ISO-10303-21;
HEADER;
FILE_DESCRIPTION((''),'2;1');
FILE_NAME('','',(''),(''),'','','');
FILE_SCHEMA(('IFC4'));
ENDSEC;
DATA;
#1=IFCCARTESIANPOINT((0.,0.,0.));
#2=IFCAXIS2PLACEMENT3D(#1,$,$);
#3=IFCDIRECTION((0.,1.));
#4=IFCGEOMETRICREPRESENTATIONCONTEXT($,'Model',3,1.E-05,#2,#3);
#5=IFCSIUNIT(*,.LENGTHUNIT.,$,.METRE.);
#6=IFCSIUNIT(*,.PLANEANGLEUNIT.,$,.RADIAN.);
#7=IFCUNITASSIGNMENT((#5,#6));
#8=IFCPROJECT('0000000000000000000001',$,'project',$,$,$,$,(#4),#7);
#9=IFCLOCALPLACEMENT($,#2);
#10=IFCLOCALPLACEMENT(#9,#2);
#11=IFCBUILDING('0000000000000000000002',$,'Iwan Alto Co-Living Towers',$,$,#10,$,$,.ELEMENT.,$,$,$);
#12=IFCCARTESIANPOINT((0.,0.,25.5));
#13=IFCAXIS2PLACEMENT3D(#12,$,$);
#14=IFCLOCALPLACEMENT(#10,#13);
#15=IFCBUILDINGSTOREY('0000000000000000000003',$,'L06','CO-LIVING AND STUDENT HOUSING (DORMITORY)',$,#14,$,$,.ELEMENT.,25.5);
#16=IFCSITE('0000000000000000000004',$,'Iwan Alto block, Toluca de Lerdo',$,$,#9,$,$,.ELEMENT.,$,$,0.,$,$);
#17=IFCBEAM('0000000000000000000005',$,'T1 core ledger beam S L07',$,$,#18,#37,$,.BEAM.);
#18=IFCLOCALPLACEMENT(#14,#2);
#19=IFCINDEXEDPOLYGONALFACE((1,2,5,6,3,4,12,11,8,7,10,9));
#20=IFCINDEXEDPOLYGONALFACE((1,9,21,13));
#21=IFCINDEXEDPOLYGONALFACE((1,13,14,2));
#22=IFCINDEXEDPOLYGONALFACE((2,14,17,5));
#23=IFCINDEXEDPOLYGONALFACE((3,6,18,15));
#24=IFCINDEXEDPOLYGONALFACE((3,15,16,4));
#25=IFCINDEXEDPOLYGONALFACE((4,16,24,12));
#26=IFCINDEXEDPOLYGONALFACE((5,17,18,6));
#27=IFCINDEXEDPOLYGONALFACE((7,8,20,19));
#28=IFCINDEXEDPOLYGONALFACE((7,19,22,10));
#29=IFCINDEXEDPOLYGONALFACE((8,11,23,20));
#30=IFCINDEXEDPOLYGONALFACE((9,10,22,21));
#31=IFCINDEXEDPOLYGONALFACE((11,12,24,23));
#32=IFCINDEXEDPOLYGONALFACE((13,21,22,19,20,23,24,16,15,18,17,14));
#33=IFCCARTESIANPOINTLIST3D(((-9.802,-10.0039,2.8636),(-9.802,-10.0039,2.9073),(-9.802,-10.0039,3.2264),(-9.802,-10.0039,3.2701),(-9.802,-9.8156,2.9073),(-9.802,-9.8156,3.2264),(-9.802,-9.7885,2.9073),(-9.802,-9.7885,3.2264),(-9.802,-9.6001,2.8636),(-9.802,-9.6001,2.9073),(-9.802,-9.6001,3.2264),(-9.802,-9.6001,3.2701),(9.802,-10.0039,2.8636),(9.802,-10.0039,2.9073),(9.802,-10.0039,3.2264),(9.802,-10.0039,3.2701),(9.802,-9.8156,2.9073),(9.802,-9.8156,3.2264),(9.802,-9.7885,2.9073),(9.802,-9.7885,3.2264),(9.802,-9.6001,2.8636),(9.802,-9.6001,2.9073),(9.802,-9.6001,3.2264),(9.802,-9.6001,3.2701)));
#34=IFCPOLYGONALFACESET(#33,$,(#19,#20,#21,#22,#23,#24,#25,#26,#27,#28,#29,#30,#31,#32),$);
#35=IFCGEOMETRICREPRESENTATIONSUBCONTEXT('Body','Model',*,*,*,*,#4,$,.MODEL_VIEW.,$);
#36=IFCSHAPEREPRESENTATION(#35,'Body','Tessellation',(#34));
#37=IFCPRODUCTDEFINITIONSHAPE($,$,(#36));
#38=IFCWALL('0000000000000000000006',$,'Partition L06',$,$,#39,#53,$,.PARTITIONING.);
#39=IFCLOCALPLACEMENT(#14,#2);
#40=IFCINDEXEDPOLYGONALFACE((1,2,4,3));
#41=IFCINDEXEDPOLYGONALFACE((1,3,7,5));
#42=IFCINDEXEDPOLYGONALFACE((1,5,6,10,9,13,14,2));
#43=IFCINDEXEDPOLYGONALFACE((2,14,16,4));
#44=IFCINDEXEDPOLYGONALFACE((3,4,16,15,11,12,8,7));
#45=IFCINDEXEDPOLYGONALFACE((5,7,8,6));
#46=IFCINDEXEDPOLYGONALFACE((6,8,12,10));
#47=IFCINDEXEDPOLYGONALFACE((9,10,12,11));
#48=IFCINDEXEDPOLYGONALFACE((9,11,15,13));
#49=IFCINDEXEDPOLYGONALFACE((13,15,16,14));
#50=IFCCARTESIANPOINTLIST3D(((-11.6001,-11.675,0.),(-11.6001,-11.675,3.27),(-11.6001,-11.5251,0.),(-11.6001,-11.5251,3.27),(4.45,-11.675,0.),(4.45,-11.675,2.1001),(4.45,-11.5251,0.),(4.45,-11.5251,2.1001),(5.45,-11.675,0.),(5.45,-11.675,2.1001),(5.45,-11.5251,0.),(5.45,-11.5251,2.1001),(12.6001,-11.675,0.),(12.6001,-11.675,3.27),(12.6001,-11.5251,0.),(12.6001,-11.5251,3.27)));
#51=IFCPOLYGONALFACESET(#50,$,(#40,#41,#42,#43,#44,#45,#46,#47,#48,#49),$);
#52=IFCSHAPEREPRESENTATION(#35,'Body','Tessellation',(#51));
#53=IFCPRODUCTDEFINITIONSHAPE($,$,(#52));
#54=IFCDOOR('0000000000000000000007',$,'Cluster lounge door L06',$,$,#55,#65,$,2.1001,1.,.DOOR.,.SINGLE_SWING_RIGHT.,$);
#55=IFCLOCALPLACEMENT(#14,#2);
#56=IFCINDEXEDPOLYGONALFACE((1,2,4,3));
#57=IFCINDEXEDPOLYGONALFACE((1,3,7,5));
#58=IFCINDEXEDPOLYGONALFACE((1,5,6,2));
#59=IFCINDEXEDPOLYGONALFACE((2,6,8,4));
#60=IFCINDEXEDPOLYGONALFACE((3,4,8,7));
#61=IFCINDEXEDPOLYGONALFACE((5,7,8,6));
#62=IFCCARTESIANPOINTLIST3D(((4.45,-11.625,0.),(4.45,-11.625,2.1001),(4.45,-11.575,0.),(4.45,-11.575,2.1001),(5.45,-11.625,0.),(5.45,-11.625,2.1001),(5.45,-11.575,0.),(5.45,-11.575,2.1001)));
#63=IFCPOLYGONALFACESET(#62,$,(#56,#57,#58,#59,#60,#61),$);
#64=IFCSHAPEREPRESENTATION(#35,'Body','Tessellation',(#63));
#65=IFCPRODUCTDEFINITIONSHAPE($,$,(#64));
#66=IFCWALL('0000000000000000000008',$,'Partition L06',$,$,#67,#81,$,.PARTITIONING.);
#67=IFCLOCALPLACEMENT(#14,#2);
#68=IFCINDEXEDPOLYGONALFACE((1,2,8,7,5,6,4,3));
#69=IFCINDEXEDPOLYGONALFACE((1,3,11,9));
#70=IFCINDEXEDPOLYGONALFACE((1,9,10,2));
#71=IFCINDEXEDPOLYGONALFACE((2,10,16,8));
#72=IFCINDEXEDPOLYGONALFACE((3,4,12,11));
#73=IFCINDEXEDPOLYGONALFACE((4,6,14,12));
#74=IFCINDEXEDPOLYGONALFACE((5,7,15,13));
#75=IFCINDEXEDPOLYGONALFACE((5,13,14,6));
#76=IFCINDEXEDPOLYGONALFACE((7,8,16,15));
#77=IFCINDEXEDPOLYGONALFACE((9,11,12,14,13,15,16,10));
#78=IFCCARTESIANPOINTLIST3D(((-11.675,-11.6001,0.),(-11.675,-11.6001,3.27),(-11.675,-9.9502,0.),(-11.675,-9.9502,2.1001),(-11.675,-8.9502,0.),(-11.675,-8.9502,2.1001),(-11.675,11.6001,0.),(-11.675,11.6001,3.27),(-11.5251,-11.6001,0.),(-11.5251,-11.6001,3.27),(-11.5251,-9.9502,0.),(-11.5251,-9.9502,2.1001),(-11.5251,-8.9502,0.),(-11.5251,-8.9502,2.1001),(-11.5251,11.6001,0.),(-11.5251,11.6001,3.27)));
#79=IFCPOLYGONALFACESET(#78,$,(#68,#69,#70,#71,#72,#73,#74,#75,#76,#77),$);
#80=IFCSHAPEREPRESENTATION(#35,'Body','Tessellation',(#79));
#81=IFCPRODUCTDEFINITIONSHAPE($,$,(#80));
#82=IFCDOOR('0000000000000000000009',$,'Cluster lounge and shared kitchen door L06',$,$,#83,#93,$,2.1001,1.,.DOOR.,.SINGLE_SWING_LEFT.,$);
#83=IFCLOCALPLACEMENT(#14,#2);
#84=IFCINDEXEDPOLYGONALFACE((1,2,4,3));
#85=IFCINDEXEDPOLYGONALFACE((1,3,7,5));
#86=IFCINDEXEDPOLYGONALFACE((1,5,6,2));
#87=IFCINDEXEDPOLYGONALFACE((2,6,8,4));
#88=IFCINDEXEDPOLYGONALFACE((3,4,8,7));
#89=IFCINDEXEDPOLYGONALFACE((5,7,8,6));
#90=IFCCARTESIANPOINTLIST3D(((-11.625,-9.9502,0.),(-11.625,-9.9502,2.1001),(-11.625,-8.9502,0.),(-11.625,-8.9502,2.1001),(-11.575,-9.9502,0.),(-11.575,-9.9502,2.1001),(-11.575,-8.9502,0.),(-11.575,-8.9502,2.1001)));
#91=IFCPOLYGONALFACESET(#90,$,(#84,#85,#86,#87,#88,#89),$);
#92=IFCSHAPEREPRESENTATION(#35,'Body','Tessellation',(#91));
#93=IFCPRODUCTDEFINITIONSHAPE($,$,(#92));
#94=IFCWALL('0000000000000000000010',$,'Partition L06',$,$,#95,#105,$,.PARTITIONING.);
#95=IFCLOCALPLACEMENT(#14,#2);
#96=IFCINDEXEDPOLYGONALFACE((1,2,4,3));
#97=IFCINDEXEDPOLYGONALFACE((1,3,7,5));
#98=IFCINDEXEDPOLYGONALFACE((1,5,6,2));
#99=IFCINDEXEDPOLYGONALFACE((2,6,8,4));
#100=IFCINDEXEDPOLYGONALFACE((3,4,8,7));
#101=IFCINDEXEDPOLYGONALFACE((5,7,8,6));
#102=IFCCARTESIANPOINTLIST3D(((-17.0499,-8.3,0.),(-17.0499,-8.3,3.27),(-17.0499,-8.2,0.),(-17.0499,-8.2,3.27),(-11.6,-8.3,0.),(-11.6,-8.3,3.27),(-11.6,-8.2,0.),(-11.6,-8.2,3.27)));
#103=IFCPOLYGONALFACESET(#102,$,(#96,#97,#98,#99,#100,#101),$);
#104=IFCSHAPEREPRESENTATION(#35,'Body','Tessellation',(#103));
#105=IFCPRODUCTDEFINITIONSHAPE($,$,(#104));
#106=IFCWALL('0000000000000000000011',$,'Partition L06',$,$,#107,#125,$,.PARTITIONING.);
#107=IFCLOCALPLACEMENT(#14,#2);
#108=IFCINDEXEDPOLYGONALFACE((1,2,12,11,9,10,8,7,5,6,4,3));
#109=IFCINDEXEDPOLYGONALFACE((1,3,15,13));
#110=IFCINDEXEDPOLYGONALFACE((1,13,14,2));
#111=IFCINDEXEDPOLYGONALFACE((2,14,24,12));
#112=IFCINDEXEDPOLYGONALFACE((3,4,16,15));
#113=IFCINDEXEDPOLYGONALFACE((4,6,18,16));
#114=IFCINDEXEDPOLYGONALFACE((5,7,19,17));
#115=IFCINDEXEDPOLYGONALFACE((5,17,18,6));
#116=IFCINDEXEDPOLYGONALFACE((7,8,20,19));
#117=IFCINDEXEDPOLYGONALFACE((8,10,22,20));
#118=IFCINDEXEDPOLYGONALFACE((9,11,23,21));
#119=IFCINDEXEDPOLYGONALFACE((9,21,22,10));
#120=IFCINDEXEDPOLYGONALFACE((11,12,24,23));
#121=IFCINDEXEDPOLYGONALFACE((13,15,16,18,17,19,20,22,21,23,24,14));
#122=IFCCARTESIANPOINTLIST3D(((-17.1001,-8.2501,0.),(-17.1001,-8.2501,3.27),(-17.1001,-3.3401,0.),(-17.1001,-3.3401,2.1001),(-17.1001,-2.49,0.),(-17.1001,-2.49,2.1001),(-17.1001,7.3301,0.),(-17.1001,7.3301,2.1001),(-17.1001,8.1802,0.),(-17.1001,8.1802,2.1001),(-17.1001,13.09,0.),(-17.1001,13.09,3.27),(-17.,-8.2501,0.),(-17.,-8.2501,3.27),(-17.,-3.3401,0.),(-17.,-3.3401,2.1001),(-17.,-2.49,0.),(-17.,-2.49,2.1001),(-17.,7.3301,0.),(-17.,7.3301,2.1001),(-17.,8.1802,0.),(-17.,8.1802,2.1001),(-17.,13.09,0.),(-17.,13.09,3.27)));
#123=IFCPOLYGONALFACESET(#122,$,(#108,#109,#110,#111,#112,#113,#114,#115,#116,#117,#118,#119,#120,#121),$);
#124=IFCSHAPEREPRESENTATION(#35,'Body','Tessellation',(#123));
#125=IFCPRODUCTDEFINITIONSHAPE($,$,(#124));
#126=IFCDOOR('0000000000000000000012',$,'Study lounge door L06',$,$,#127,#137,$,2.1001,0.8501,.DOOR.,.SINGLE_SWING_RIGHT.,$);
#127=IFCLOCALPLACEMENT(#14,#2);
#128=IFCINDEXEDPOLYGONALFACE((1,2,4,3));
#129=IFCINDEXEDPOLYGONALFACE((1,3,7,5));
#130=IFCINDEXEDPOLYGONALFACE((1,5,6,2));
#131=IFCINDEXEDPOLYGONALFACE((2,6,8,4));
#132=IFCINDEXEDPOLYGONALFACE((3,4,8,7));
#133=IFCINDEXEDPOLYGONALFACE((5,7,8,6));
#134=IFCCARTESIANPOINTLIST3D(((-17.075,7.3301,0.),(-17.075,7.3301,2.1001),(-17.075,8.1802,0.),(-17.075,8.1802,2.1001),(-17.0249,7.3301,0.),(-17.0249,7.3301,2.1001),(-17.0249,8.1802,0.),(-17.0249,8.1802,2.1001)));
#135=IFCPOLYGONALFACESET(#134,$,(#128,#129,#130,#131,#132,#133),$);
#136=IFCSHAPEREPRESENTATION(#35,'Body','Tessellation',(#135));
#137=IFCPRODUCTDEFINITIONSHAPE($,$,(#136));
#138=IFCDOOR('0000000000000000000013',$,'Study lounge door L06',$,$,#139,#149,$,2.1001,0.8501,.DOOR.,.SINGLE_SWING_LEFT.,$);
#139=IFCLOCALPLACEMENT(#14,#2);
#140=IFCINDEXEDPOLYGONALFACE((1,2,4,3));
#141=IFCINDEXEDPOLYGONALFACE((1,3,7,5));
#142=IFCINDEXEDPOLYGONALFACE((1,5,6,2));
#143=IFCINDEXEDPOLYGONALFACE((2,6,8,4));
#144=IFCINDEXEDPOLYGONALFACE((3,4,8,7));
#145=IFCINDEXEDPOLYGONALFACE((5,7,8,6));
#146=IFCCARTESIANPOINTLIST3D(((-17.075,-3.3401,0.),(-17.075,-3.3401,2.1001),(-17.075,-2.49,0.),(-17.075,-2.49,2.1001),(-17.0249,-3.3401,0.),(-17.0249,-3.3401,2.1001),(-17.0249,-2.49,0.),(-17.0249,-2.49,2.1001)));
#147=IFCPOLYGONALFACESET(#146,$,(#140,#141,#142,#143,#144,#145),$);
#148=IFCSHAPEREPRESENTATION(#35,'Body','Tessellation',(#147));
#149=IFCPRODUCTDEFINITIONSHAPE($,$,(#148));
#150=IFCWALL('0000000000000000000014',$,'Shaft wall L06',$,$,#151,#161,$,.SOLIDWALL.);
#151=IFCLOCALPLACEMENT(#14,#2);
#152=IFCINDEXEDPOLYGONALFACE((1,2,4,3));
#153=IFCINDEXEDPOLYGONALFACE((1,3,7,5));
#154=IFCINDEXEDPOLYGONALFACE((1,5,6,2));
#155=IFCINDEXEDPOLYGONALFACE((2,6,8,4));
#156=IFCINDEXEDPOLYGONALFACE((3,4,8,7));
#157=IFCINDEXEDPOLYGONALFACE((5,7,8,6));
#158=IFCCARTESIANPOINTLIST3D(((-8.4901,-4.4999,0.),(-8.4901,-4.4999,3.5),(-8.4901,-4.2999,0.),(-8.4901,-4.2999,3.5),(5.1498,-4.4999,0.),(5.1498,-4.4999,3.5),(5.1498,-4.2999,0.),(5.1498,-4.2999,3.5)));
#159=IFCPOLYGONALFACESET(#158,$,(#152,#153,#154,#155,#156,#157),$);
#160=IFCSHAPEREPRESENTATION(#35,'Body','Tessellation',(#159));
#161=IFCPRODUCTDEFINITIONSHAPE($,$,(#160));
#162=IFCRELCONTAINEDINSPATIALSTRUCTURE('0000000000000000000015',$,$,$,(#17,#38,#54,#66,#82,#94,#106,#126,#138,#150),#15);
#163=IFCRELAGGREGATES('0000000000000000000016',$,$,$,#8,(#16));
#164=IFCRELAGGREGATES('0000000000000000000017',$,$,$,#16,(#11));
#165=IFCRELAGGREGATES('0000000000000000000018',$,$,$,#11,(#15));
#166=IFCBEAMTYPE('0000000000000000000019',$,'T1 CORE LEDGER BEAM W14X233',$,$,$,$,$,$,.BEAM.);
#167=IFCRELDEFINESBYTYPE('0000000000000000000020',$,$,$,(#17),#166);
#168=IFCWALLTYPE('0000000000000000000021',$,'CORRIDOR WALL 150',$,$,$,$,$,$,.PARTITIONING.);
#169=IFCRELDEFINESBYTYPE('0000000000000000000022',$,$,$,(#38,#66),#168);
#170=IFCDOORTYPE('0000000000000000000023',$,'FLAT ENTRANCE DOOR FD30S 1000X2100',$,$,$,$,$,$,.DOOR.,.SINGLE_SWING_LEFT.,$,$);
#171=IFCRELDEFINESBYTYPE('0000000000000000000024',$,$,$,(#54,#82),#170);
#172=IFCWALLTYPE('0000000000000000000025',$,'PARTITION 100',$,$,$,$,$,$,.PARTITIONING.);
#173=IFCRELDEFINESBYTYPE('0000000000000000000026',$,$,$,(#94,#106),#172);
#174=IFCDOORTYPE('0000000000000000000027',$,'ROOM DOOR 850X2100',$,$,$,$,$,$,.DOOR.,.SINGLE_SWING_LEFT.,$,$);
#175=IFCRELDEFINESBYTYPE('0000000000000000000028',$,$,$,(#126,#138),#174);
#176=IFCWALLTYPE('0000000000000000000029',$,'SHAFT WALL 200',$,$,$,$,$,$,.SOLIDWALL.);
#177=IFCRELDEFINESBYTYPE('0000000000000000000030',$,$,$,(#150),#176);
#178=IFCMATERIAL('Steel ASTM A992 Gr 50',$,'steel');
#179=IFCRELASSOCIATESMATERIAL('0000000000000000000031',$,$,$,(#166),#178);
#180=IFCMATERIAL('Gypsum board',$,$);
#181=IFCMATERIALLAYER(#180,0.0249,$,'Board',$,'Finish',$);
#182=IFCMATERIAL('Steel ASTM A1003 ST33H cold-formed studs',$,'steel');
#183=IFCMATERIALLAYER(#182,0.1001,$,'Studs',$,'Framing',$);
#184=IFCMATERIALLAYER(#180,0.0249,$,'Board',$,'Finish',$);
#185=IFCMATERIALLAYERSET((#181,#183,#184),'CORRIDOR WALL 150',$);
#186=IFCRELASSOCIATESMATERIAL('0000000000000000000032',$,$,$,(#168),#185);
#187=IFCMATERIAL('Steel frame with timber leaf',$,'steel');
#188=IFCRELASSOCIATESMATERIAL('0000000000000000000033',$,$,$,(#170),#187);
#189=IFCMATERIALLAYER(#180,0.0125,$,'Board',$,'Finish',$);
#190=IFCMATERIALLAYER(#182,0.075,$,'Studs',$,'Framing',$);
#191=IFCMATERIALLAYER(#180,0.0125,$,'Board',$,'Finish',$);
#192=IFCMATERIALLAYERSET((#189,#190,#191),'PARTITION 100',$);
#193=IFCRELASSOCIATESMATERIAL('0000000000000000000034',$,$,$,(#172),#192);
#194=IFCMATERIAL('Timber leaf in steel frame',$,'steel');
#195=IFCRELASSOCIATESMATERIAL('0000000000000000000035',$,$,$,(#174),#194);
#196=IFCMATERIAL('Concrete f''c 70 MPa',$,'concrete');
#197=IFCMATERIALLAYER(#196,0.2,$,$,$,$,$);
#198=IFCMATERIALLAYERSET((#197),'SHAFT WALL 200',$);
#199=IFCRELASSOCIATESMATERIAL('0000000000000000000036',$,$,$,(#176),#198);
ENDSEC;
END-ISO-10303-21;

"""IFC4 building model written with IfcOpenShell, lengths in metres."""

from ifc_helpers import new_model, si_unit, direction, frame, frame_2d, origin, origin_2d, place, context, subcontext, project, spatial, rectangle, i_section, extrude, material, layer, layer_set, material_profile, profile_set, type_object, element, fill, save


model = new_model("IFC4")

# Units and contexts
model_context = context("Model", 3, precision=1e-05, world=origin(), true_north=direction((0.0, 1.0)))
body_context = subcontext(model_context, "Body", "Model", "MODEL_VIEW")
ifc_project = project(units=[si_unit("LENGTHUNIT", "METRE"), si_unit("PLANEANGLEUNIT", "RADIAN")], contexts=[model_context])

# Site, building, storey
site_placement = place(None, origin())
site = spatial("IfcSite", under=ifc_project, at=site_placement, Name="Iwan Alto block, Toluca de Lerdo", CompositionType="ELEMENT", RefElevation=0.0)
building_placement = place(site_placement, origin())
building = spatial("IfcBuilding", under=site, at=building_placement, Name="Iwan Alto Co-Living Towers", CompositionType="ELEMENT")
storey_placement = place(building_placement, frame((0.0, 0.0, 25.5)))
storey = spatial("IfcBuildingStorey", under=building, at=storey_placement, Name="L06", Description="CO-LIVING AND STUDENT HOUSING (DORMITORY)", CompositionType="ELEMENT", Elevation=25.5)

# Beam
ifc_material_1 = material(Name="Steel ASTM A992 Gr 50", Category="steel")
ifc_material_profile = material_profile(ifc_material_1, i_section(OverallWidth=0.4038, OverallDepth=0.4065, WebThickness=0.0271, FlangeThickness=0.0437, at=origin_2d()), Name="W14X233")
ifc_profile_set = profile_set([ifc_material_profile], Name="Steel ASTM A992 Gr 50")
beam_type = type_object("IfcBeamType", Name="T1 CORE LEDGER BEAM W14X233", PredefinedType="BEAM", material=ifc_profile_set)
beam_placement = place(storey_placement, frame((-9.802, -9.802, 3.0669), z_axis=(1.0, 0.0, 0.0), x_axis=(0.0, 1.0, 0.0)))
element("IfcBeam", 1, at=beam_placement, inside=storey, type_object=beam_type, Name="T1 core ledger beam S L07", PredefinedType="BEAM", context=body_context, shape_type="SweptSolid", body=[
    extrude(i_section(OverallWidth=0.4038, OverallDepth=0.4065, WebThickness=0.0271, FlangeThickness=0.0437, at=origin_2d()), origin(), (0.0, 0.0, 1.0), 19.604),
])

# Walls, openings, doors
ifc_material_2 = material(Name="Gypsum board")
ifc_layer_1 = layer(ifc_material_2, 0.0249, Name="Board", Category="Finish")
ifc_material_3 = material(Name="Steel ASTM A1003 ST33H cold-formed studs", Category="steel")
ifc_layer_2 = layer(ifc_material_3, 0.1001, Name="Studs", Category="Framing")
ifc_layer_3 = layer(ifc_material_2, 0.0249, Name="Board", Category="Finish")
ifc_layer_set_1 = layer_set([ifc_layer_1, ifc_layer_2, ifc_layer_3], Name="CORRIDOR WALL 150")
wall_type_1 = type_object("IfcWallType", Name="CORRIDOR WALL 150", PredefinedType="PARTITIONING", material=ifc_layer_set_1)
wall_1_placement = place(storey_placement, frame((-11.6001, -11.6001, 0.0), z_axis=(0.0, 0.0, 1.0), x_axis=(1.0, 0.0, 0.0)))
wall_1 = element("IfcWall", 2, at=wall_1_placement, inside=storey, type_object=wall_type_1, Name="Partition L06", PredefinedType="PARTITIONING", context=body_context, shape_type="SweptSolid", body=[
    extrude(rectangle(XDim=24.2002, YDim=0.1499, at=frame_2d((12.1001, 0.0))), origin(), (0.0, 0.0, 1.0), 3.27),
])
opening_1_placement = place(wall_1_placement, frame((16.05, 0.0, 0.0)))
opening_1 = element("IfcOpeningElement", 3, at=opening_1_placement, cuts=wall_1, PredefinedType="OPENING", context=body_context, shape_type="SweptSolid", body=[
    extrude(rectangle(XDim=1.0, YDim=2.1001, at=frame_2d((0.5, 1.05))), frame((0.0, 0.085, 0.0), z_axis=(0.0, -1.0, 0.0), x_axis=(1.0, 0.0, 0.0)), (0.0, 0.0, 1.0), 0.1699),
])
ifc_material_4 = material(Name="Steel frame with timber leaf", Category="steel")
door_type_1 = type_object("IfcDoorType", Name="FLAT ENTRANCE DOOR FD30S 1000X2100", OperationType="SINGLE_SWING_LEFT", PredefinedType="DOOR", material=ifc_material_4)
door_1_placement = place(opening_1_placement, frame((1.0, 0.0, 0.0), z_axis=(0.0, 0.0, 1.0), x_axis=(-1.0, 0.0, 0.0)))
door_1 = element("IfcDoor", 4, at=door_1_placement, inside=storey, type_object=door_type_1, Name="Cluster lounge door L06", OperationType="SINGLE_SWING_RIGHT", OverallHeight=2.1001, OverallWidth=1.0, PredefinedType="DOOR", context=body_context, shape_type="SweptSolid", body=[
    extrude(rectangle(XDim=1.0, YDim=2.1001, at=frame_2d((0.5, 1.05))), frame((0.0, 0.0249, 0.0), z_axis=(0.0, -1.0, 0.0), x_axis=(1.0, 0.0, 0.0)), (0.0, 0.0, 1.0), 0.05),
])
fill(opening_1, door_1)
wall_2_placement = place(storey_placement, frame((-11.6001, -11.6001, 0.0), z_axis=(0.0, 0.0, 1.0), x_axis=(0.0, 1.0, 0.0)))
wall_2 = element("IfcWall", 5, at=wall_2_placement, inside=storey, type_object=wall_type_1, Name="Partition L06", PredefinedType="PARTITIONING", context=body_context, shape_type="SweptSolid", body=[
    extrude(rectangle(XDim=23.2002, YDim=0.1499, at=frame_2d((11.6001, 0.0))), origin(), (0.0, 0.0, 1.0), 3.27),
])
opening_2_placement = place(wall_2_placement, frame((1.6499, 0.0, 0.0)))
opening_2 = element("IfcOpeningElement", 6, at=opening_2_placement, cuts=wall_2, PredefinedType="OPENING", context=body_context, shape_type="SweptSolid", body=[
    extrude(rectangle(XDim=1.0, YDim=2.1001, at=frame_2d((0.5, 1.05))), frame((0.0, 0.085, 0.0), z_axis=(0.0, -1.0, 0.0), x_axis=(1.0, 0.0, 0.0)), (0.0, 0.0, 1.0), 0.1699),
])
door_2_placement = place(opening_2_placement, origin())
door_2 = element("IfcDoor", 7, at=door_2_placement, inside=storey, type_object=door_type_1, Name="Cluster lounge and shared kitchen door L06", OperationType="SINGLE_SWING_LEFT", OverallHeight=2.1001, OverallWidth=1.0, PredefinedType="DOOR", context=body_context, shape_type="SweptSolid", body=[
    extrude(rectangle(XDim=1.0, YDim=2.1001, at=frame_2d((0.5, 1.05))), frame((0.0, 0.0249, 0.0), z_axis=(0.0, -1.0, 0.0), x_axis=(1.0, 0.0, 0.0)), (0.0, 0.0, 1.0), 0.05),
])
fill(opening_2, door_2)

# Wall
ifc_layer_4 = layer(ifc_material_2, 0.0125, Name="Board", Category="Finish")
ifc_layer_5 = layer(ifc_material_3, 0.075, Name="Studs", Category="Framing")
ifc_layer_6 = layer(ifc_material_2, 0.0125, Name="Board", Category="Finish")
ifc_layer_set_2 = layer_set([ifc_layer_4, ifc_layer_5, ifc_layer_6], Name="PARTITION 100")
wall_type_2 = type_object("IfcWallType", Name="PARTITION 100", PredefinedType="PARTITIONING", material=ifc_layer_set_2)
wall_3_placement = place(storey_placement, frame((-17.05, -8.25, 0.0), z_axis=(0.0, 0.0, 1.0), x_axis=(1.0, 0.0, 0.0)))
element("IfcWall", 8, at=wall_3_placement, inside=storey, type_object=wall_type_2, Name="Partition L06", PredefinedType="PARTITIONING", context=body_context, shape_type="SweptSolid", body=[
    extrude(rectangle(XDim=5.45, YDim=0.1001, at=frame_2d((2.7251, 0.0))), origin(), (0.0, 0.0, 1.0), 3.27),
])

# Wall, openings, doors
wall_4_placement = place(storey_placement, frame((-17.05, -8.25, 0.0), z_axis=(0.0, 0.0, 1.0), x_axis=(0.0, 1.0, 0.0)))
wall_4 = element("IfcWall", 9, at=wall_4_placement, inside=storey, type_object=wall_type_2, Name="Partition L06", PredefinedType="PARTITIONING", context=body_context, shape_type="SweptSolid", body=[
    extrude(rectangle(XDim=21.3401, YDim=0.1001, at=frame_2d((10.6699, 0.0))), origin(), (0.0, 0.0, 1.0), 3.27),
])
opening_3_placement = place(wall_4_placement, frame((15.5801, 0.0, 0.0)))
opening_3 = element("IfcOpeningElement", 10, at=opening_3_placement, cuts=wall_4, PredefinedType="OPENING", context=body_context, shape_type="SweptSolid", body=[
    extrude(rectangle(XDim=0.8501, YDim=2.1001, at=frame_2d((0.425, 1.05))), frame((0.0, 0.0601, 0.0), z_axis=(0.0, -1.0, 0.0), x_axis=(1.0, 0.0, 0.0)), (0.0, 0.0, 1.0), 0.1201),
])
opening_4_placement = place(wall_4_placement, frame((4.9099, 0.0, 0.0)))
opening_4 = element("IfcOpeningElement", 11, at=opening_4_placement, cuts=wall_4, PredefinedType="OPENING", context=body_context, shape_type="SweptSolid", body=[
    extrude(rectangle(XDim=0.8501, YDim=2.1001, at=frame_2d((0.425, 1.05))), frame((0.0, 0.0601, 0.0), z_axis=(0.0, -1.0, 0.0), x_axis=(1.0, 0.0, 0.0)), (0.0, 0.0, 1.0), 0.1201),
])
ifc_material_5 = material(Name="Timber leaf in steel frame", Category="steel")
door_type_2 = type_object("IfcDoorType", Name="ROOM DOOR 850X2100", OperationType="SINGLE_SWING_LEFT", PredefinedType="DOOR", material=ifc_material_5)
door_3_placement = place(opening_3_placement, origin())
door_3 = element("IfcDoor", 12, at=door_3_placement, inside=storey, type_object=door_type_2, Name="Study lounge door L06", OperationType="SINGLE_SWING_RIGHT", OverallHeight=2.1001, OverallWidth=0.8501, PredefinedType="DOOR", context=body_context, shape_type="SweptSolid", body=[
    extrude(rectangle(XDim=0.8501, YDim=2.1001, at=frame_2d((0.425, 1.05))), frame((0.0, 0.0249, 0.0), z_axis=(0.0, -1.0, 0.0), x_axis=(1.0, 0.0, 0.0)), (0.0, 0.0, 1.0), 0.05),
])
fill(opening_3, door_3)
door_4_placement = place(opening_4_placement, origin())
door_4 = element("IfcDoor", 13, at=door_4_placement, inside=storey, type_object=door_type_2, Name="Study lounge door L06", OperationType="SINGLE_SWING_LEFT", OverallHeight=2.1001, OverallWidth=0.8501, PredefinedType="DOOR", context=body_context, shape_type="SweptSolid", body=[
    extrude(rectangle(XDim=0.8501, YDim=2.1001, at=frame_2d((0.425, 1.05))), frame((0.0, 0.0249, 0.0), z_axis=(0.0, -1.0, 0.0), x_axis=(1.0, 0.0, 0.0)), (0.0, 0.0, 1.0), 0.05),
])
fill(opening_4, door_4)

# Wall
ifc_material_6 = material(Name="Concrete f'c 70 MPa", Category="concrete")
ifc_layer_7 = layer(ifc_material_6, 0.2)
ifc_layer_set_3 = layer_set([ifc_layer_7], Name="SHAFT WALL 200")
wall_type_3 = type_object("IfcWallType", Name="SHAFT WALL 200", PredefinedType="SOLIDWALL", material=ifc_layer_set_3)
wall_5_placement = place(storey_placement, frame((-8.49, -4.3999, 0.0), z_axis=(0.0, 0.0, 1.0), x_axis=(1.0, 0.0, 0.0)))
element("IfcWall", 14, at=wall_5_placement, inside=storey, type_object=wall_type_3, Name="Shaft wall L06", PredefinedType="SOLIDWALL", context=body_context, shape_type="SweptSolid", body=[
    extrude(rectangle(XDim=13.6399, YDim=0.2, at=frame_2d((6.8198, 0.0))), origin(), (0.0, 0.0, 1.0), 3.5),
])

save(model, "model.ifc")
